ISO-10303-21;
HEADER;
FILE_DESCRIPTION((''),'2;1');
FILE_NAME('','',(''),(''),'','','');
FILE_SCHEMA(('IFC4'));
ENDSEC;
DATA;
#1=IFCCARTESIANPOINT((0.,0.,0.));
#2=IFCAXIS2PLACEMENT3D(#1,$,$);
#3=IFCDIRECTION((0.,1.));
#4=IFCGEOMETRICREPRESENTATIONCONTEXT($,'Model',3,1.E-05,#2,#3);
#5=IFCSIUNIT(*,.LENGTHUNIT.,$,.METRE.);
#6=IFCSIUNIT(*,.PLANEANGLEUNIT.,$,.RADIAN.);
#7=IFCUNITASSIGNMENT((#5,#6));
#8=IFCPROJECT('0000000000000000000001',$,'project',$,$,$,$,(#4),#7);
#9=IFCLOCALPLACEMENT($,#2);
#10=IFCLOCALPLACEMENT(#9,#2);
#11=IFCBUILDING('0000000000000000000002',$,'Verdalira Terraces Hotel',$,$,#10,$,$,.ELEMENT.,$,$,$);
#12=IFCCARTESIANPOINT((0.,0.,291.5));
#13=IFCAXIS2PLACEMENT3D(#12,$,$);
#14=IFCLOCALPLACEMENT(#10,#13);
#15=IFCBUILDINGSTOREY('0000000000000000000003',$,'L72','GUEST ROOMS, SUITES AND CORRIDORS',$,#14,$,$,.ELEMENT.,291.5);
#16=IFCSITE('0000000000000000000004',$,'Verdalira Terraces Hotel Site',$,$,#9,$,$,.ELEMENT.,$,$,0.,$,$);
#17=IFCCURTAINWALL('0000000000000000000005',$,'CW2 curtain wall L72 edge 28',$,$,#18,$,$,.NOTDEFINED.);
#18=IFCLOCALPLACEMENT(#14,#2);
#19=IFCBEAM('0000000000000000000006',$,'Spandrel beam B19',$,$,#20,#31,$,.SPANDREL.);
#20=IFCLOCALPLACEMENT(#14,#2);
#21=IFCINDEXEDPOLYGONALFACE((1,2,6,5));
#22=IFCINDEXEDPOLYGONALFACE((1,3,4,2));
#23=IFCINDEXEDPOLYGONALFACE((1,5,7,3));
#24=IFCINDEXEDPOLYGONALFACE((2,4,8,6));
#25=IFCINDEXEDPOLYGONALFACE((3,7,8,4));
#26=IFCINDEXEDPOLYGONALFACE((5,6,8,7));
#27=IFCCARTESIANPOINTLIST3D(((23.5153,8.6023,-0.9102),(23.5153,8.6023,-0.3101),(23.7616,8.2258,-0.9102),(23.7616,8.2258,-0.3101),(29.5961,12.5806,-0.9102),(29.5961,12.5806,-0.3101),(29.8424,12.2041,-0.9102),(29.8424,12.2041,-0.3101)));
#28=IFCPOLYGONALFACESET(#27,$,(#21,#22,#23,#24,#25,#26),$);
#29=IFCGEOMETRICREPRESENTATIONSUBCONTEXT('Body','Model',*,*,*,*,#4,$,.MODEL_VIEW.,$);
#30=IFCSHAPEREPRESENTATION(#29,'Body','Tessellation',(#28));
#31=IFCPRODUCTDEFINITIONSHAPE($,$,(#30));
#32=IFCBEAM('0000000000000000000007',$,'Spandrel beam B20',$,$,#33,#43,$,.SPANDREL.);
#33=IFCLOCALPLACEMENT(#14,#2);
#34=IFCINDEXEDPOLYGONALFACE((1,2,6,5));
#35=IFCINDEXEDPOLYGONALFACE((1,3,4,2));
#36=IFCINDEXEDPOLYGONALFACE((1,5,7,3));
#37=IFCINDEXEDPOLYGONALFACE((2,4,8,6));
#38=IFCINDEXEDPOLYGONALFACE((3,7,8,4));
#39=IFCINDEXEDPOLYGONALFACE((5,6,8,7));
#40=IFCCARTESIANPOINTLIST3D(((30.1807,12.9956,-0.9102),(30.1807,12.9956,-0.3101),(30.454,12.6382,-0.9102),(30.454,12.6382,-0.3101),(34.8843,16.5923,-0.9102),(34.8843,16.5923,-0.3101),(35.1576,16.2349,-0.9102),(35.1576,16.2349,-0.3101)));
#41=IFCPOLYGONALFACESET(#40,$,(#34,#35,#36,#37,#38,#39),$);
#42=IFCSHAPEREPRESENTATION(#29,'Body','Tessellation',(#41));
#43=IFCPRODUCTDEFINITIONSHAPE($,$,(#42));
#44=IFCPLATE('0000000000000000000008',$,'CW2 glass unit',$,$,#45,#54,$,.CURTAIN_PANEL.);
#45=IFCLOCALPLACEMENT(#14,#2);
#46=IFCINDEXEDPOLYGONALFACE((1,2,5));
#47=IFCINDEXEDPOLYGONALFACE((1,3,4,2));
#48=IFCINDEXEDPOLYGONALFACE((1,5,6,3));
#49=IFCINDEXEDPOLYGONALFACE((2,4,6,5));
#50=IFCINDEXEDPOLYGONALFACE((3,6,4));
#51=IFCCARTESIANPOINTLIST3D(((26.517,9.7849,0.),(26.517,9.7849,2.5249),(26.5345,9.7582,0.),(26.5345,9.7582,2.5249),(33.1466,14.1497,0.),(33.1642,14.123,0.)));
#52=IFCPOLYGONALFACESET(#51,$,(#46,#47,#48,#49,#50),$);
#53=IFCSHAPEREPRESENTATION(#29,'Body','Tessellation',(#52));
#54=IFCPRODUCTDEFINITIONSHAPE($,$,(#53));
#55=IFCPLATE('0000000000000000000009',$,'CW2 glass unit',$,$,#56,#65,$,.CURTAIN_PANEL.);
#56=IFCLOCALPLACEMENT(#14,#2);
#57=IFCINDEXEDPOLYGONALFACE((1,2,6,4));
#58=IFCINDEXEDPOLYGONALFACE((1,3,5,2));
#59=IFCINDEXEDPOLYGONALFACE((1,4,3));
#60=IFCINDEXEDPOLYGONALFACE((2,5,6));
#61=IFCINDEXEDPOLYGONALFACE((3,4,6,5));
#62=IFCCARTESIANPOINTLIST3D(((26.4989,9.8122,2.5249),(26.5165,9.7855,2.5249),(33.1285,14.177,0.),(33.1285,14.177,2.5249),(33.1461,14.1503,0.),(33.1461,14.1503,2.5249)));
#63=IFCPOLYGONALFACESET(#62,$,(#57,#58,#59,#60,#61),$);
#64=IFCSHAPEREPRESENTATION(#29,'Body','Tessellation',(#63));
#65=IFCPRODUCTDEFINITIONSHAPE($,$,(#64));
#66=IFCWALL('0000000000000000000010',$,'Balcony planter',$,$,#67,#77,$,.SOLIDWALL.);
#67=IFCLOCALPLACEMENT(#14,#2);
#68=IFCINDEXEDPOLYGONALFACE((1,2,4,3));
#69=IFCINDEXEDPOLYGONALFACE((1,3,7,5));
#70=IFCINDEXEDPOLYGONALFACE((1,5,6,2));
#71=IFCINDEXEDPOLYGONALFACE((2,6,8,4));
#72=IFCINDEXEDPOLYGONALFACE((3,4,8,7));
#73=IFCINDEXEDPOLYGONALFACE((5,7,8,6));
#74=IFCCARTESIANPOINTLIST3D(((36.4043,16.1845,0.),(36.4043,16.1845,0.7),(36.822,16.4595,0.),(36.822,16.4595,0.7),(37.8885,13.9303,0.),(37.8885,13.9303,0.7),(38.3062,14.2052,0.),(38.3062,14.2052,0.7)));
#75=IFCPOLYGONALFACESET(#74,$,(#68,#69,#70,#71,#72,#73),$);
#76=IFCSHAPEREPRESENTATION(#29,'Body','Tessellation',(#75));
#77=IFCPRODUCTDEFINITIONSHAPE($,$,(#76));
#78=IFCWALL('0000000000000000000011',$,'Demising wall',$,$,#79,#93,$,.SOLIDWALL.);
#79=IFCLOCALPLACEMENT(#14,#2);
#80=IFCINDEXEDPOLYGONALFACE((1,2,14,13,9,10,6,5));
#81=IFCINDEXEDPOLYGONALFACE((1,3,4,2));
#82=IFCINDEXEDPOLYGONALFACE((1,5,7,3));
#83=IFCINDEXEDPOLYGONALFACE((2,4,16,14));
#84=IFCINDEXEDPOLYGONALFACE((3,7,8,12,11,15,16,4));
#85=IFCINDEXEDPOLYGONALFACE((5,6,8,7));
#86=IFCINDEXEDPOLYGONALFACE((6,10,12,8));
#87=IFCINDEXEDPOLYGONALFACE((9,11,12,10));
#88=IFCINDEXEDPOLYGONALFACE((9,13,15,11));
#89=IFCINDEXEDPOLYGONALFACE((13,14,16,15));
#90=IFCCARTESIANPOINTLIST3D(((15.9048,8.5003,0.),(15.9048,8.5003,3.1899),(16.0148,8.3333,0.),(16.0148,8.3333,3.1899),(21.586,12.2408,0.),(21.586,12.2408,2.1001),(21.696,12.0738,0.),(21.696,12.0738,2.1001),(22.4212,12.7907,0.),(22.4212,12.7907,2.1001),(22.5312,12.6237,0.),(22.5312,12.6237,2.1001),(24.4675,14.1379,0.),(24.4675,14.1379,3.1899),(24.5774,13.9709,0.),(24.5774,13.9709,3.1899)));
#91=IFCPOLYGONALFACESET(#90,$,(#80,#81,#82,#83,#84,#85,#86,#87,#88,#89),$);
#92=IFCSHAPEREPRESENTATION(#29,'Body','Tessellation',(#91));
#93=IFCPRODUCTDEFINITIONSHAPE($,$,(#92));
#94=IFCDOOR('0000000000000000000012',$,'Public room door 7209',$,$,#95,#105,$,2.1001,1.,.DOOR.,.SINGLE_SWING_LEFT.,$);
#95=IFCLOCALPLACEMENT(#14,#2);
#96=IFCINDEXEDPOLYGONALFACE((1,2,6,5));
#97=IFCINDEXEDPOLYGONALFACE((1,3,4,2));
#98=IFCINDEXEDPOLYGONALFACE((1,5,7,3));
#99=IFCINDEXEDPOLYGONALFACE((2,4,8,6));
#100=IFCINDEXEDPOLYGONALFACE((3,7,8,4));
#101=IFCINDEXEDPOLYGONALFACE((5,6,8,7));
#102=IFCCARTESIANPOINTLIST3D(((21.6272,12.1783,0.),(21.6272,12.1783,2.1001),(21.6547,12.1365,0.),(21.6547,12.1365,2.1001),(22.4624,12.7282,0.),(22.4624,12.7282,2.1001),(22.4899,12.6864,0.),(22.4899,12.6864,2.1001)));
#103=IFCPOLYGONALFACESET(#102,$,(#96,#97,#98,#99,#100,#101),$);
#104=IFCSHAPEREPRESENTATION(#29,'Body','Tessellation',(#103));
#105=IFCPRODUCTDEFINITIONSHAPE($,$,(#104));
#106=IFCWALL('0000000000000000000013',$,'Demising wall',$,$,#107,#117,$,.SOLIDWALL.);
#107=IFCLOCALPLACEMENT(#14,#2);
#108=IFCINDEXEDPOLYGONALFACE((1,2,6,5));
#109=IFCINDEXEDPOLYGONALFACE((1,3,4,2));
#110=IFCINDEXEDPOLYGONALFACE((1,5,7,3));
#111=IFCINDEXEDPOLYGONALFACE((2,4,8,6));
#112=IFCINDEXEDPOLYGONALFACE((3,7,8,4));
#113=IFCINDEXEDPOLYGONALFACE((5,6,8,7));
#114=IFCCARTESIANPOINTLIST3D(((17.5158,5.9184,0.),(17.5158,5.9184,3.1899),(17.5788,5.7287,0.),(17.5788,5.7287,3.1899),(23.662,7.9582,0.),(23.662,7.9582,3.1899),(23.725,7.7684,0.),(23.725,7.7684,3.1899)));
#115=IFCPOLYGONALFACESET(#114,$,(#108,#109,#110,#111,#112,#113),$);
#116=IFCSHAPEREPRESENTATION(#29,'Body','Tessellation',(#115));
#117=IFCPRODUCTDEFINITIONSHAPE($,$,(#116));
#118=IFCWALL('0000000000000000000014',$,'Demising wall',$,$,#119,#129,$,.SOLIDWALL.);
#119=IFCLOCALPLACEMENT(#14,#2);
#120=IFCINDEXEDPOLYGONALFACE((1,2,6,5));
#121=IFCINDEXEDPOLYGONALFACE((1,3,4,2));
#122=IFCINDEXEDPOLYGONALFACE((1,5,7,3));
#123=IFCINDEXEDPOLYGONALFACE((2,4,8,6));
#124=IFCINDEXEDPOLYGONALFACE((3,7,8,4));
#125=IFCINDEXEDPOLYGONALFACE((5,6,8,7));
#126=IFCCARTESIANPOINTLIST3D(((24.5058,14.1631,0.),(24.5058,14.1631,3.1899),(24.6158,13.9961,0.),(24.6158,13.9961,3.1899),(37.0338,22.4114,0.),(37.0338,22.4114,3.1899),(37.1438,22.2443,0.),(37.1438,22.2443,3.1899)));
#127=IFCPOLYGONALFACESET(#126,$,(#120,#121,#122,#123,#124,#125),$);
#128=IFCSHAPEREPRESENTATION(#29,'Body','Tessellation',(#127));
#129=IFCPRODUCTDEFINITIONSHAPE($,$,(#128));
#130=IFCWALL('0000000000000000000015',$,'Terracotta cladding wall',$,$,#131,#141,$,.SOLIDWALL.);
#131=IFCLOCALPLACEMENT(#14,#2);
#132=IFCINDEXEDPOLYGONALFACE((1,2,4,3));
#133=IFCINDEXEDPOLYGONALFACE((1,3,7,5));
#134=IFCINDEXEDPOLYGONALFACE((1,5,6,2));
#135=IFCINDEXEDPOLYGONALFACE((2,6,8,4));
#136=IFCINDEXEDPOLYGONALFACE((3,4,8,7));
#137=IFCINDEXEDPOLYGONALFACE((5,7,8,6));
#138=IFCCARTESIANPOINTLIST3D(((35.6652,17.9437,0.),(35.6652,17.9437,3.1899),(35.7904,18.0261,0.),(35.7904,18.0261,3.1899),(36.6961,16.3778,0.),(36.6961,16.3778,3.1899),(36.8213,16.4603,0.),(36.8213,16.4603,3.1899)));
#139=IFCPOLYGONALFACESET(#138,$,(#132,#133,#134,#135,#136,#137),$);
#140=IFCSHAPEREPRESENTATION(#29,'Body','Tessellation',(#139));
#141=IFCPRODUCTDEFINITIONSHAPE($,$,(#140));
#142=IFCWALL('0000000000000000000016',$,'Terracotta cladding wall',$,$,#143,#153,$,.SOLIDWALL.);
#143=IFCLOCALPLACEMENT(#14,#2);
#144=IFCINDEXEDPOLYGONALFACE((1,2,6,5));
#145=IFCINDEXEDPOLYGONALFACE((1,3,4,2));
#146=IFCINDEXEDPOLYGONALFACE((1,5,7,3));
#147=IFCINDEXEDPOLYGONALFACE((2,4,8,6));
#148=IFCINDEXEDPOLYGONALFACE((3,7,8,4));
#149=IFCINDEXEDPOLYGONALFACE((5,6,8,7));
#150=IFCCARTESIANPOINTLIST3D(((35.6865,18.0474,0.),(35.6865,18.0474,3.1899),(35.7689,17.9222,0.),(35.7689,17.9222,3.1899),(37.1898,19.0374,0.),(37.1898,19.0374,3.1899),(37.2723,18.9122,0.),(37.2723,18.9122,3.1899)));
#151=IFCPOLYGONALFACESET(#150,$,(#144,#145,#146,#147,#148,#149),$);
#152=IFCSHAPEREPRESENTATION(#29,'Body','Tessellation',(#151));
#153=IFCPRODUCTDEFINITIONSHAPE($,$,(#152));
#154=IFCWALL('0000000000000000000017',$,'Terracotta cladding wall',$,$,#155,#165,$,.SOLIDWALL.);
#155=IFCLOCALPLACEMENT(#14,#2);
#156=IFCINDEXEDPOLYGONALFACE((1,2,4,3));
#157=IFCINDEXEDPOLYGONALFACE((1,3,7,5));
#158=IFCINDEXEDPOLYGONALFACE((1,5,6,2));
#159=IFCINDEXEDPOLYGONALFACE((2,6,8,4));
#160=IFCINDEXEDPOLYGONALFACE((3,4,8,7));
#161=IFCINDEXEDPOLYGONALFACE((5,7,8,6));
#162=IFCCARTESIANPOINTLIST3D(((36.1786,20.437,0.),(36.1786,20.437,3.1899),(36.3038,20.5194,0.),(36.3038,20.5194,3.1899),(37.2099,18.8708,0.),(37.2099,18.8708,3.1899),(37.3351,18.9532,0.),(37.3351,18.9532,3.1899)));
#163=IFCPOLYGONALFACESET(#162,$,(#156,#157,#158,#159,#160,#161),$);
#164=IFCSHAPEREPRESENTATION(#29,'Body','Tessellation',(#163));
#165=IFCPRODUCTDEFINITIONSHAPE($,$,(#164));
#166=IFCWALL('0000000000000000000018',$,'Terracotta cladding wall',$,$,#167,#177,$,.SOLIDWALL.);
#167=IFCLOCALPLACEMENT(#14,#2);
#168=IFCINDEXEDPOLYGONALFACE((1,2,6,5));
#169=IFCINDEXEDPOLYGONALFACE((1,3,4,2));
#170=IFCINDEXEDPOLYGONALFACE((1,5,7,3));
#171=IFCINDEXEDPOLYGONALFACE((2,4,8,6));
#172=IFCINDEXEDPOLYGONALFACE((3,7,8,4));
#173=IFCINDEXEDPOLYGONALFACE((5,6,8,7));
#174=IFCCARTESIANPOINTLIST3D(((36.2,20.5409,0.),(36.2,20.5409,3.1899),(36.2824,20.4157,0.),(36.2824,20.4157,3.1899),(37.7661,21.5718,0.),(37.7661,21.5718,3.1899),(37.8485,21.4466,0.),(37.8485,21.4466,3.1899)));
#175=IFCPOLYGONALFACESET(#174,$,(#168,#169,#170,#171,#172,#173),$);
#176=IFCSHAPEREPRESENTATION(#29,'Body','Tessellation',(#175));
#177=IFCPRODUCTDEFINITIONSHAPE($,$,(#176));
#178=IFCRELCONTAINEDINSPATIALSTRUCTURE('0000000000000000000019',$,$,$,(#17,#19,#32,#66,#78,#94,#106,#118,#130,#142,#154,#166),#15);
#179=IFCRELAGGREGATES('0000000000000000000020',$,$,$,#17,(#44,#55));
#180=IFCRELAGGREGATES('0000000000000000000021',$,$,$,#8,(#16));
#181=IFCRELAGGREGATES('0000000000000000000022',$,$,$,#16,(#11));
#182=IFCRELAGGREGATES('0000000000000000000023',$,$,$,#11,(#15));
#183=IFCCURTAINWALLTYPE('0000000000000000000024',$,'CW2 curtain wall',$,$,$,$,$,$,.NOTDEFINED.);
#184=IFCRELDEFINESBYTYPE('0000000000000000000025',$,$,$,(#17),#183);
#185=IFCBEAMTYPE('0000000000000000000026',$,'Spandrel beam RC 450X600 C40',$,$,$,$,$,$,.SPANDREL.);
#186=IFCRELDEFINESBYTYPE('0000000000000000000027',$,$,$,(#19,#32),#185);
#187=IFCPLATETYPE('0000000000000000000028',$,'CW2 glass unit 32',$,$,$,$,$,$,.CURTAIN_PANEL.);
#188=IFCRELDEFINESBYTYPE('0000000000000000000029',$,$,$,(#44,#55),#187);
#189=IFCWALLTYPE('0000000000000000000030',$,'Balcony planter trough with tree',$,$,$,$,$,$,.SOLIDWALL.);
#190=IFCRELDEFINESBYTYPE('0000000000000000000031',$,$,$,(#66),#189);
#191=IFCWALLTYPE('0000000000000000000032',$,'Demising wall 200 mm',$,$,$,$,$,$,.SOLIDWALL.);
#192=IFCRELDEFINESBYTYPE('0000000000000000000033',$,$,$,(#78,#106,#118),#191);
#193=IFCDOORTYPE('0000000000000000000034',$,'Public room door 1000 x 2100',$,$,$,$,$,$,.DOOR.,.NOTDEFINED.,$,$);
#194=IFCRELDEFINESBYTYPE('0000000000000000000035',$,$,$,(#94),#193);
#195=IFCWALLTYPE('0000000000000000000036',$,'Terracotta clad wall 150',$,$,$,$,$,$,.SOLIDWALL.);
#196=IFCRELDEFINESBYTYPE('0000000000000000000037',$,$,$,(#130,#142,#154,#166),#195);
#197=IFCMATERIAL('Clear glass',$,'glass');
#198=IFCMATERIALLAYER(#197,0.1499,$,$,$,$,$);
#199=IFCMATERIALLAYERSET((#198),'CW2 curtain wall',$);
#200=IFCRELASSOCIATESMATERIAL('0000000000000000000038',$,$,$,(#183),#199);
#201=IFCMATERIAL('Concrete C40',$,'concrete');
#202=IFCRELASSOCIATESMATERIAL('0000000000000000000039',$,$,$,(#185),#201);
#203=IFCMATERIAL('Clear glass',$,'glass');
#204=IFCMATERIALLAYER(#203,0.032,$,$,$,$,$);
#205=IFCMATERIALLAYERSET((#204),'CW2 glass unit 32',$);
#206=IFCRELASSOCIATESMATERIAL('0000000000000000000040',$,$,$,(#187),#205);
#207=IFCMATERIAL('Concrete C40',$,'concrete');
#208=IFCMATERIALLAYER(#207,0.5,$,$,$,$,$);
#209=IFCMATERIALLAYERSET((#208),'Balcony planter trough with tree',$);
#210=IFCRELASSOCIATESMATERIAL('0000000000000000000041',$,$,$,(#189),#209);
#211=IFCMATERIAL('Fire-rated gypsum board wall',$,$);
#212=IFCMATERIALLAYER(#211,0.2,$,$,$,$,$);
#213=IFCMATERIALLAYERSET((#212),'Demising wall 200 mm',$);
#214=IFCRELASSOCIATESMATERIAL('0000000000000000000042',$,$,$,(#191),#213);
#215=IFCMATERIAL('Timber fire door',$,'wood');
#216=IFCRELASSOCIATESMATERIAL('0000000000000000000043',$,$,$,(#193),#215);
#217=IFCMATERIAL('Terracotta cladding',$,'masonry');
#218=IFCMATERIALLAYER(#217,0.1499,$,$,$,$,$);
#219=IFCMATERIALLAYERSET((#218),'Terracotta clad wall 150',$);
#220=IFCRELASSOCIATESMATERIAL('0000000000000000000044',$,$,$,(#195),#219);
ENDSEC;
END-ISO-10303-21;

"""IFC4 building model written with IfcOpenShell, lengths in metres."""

from ifc_helpers import new_model, si_unit, direction, frame, frame_2d, origin, origin_2d, place, context, subcontext, project, spatial, polyline, rectangle, outline, extrude, material, layer, layer_set, material_profile, profile_set, type_object, element, fill, aggregate, save


model = new_model("IFC4")

# Units and contexts
model_context = context("Model", 3, precision=1e-05, world=origin(), true_north=direction((0.0, 1.0)))
body_context = subcontext(model_context, "Body", "Model", "MODEL_VIEW")
ifc_project = project(units=[si_unit("LENGTHUNIT", "METRE"), si_unit("PLANEANGLEUNIT", "RADIAN")], contexts=[model_context])

# Site, building, storey
site_placement = place(None, origin())
site = spatial("IfcSite", under=ifc_project, at=site_placement, Name="Verdalira Terraces Hotel Site", CompositionType="ELEMENT", RefElevation=0.0)
building_placement = place(site_placement, origin())
building = spatial("IfcBuilding", under=site, at=building_placement, Name="Verdalira Terraces Hotel", CompositionType="ELEMENT")
storey_placement = place(building_placement, frame((0.0, 0.0, 291.5)))
storey = spatial("IfcBuildingStorey", under=building, at=storey_placement, Name="L72", Description="GUEST ROOMS, SUITES AND CORRIDORS", CompositionType="ELEMENT", Elevation=291.5)

# Curtain wall
ifc_material_1 = material(Name="Clear glass", Category="glass")
ifc_layer_1 = layer(ifc_material_1, 0.1499)
ifc_layer_set_1 = layer_set([ifc_layer_1], Name="CW2 curtain wall")
curtain_wall_type_1 = type_object("IfcCurtainWallType", Name="CW2 curtain wall", PredefinedType="NOTDEFINED", material=ifc_layer_set_1)
curtain_wall_1_placement = place(storey_placement, origin())
curtain_wall_1 = element("IfcCurtainWall", 1, at=curtain_wall_1_placement, inside=storey, type_object=curtain_wall_type_1, Name="CW2 curtain wall L72 edge 28", PredefinedType="NOTDEFINED")

# Beams
ifc_material_2 = material(Name="Concrete C40", Category="concrete")
ifc_material_profile_1 = material_profile(ifc_material_2, rectangle(XDim=0.45, YDim=0.6001, at=origin_2d()), Name="RC 450X600")
ifc_profile_set_1 = profile_set([ifc_material_profile_1], Name="Concrete C40")
beam_type_1 = type_object("IfcBeamType", Name="Spandrel beam RC 450X600 C40", PredefinedType="SPANDREL", material=ifc_profile_set_1)
beam_1_placement = place(storey_placement, frame((23.6384, 8.4141, -0.6101), z_axis=(0.836821, 0.547477, 0.0), x_axis=(-0.547477, 0.836821, 0.0)))
element("IfcBeam", 2, at=beam_1_placement, inside=storey, type_object=beam_type_1, Name="Spandrel beam B19", PredefinedType="SPANDREL", context=body_context, shape_type="SweptSolid", body=[
    extrude(rectangle(XDim=0.45, YDim=0.6001, at=origin_2d()), origin(), (0.0, 0.0, 1.0), 7.2666),
])
beam_2_placement = place(storey_placement, frame((30.3174, 12.8169, -0.6101), z_axis=(0.794374, 0.607429, 0.0), x_axis=(-0.607429, 0.794374, 0.0)))
element("IfcBeam", 3, at=beam_2_placement, inside=storey, type_object=beam_type_1, Name="Spandrel beam B20", PredefinedType="SPANDREL", context=body_context, shape_type="SweptSolid", body=[
    extrude(rectangle(XDim=0.45, YDim=0.6001, at=origin_2d()), origin(), (0.0, 0.0, 1.0), 5.9211),
])

# Plates
ifc_material_3 = material(Name="Clear glass", Category="glass")
ifc_layer_2 = layer(ifc_material_3, 0.032)
ifc_layer_set_2 = layer_set([ifc_layer_2], Name="CW2 glass unit 32")
plate_type = type_object("IfcPlateType", Name="CW2 glass unit 32", PredefinedType="CURTAIN_PANEL", material=ifc_layer_set_2)
plate_1_placement = place(storey_placement, frame((29.8318, 11.9673, 1.2625), z_axis=(0.549898, -0.835232, 0.0), x_axis=(0.835232, 0.549898, 0.0)))
plate_1 = element("IfcPlate", 4, at=plate_1_placement, type_object=plate_type, Name="CW2 glass unit", PredefinedType="CURTAIN_PANEL", context=body_context, shape_type="SweptSolid", body=[
    extrude(outline(polyline([(-3.9688, -1.2625), (3.9688, -1.2625), (-3.9688, 1.2625), (-3.9688, -1.2625)])), origin(), (0.0, 0.0, 1.0), 0.032),
])
plate_2_placement = place(storey_placement, frame((29.8137, 11.9946, 1.2625), z_axis=(0.549898, -0.835232, 0.0), x_axis=(0.835232, 0.549898, 0.0)))
plate_2 = element("IfcPlate", 5, at=plate_2_placement, type_object=plate_type, Name="CW2 glass unit", PredefinedType="CURTAIN_PANEL", context=body_context, shape_type="SweptSolid", body=[
    extrude(outline(polyline([(3.9688, -1.2625), (3.9688, 1.2625), (-3.9688, 1.2625), (3.9688, -1.2625)])), origin(), (0.0, 0.0, 1.0), 0.032),
])
aggregate(curtain_wall_1, [plate_1, plate_2])

# Wall
ifc_material_4 = material(Name="Concrete C40", Category="concrete")
ifc_layer_3 = layer(ifc_material_4, 0.5)
ifc_layer_set_3 = layer_set([ifc_layer_3], Name="Balcony planter trough with tree")
wall_type_1 = type_object("IfcWallType", Name="Balcony planter trough with tree", PredefinedType="SOLIDWALL", material=ifc_layer_set_3)
wall_1_placement = place(storey_placement, frame((38.0974, 14.0676, 0.0), z_axis=(0.0, 0.0, 1.0), x_axis=(-0.549911, 0.835224, 0.0)))
element("IfcWall", 6, at=wall_1_placement, inside=storey, type_object=wall_type_1, Name="Balcony planter", PredefinedType="SOLIDWALL", context=body_context, shape_type="SweptSolid", body=[
    extrude(rectangle(XDim=2.699, YDim=0.5, at=frame_2d((1.3496, 0.0))), origin(), (0.0, 0.0, 1.0), 0.7),
])

# Wall, opening, door
ifc_material_5 = material(Name="Fire-rated gypsum board wall")
ifc_layer_4 = layer(ifc_material_5, 0.2)
ifc_layer_set_4 = layer_set([ifc_layer_4], Name="Demising wall 200 mm")
wall_type_2 = type_object("IfcWallType", Name="Demising wall 200 mm", PredefinedType="SOLIDWALL", material=ifc_layer_set_4)
wall_2_placement = place(storey_placement, frame((24.5225, 14.0544, 0.0), z_axis=(0.0, 0.0, 1.0), x_axis=(-0.835224, -0.54991, 0.0)))
wall_2 = element("IfcWall", 7, at=wall_2_placement, inside=storey, type_object=wall_type_2, Name="Demising wall", PredefinedType="SOLIDWALL", context=body_context, shape_type="SweptSolid", body=[
    extrude(rectangle(XDim=10.252, YDim=0.2, at=frame_2d((5.126, 0.0))), origin(), (0.0, 0.0, 1.0), 3.1899),
])
opening_1_placement = place(wall_2_placement, frame((2.45, 0.0, 0.0)))
opening_1 = element("IfcOpeningElement", 8, at=opening_1_placement, cuts=wall_2, PredefinedType="OPENING", context=body_context, shape_type="SweptSolid", body=[
    extrude(rectangle(XDim=1.0, YDim=2.1001, at=frame_2d((0.5, 1.05))), frame((0.0, 0.1099, 0.0), z_axis=(0.0, -1.0, 0.0), x_axis=(1.0, 0.0, 0.0)), (0.0, 0.0, 1.0), 0.22),
])
ifc_material_6 = material(Name="Timber fire door", Category="wood")
door_type_1 = type_object("IfcDoorType", Name="Public room door 1000 x 2100", OperationType="NOTDEFINED", PredefinedType="DOOR", material=ifc_material_6)
door_1_placement = place(opening_1_placement, origin())
door_1 = element("IfcDoor", 9, at=door_1_placement, inside=storey, type_object=door_type_1, Name="Public room door 7209", OperationType="SINGLE_SWING_LEFT", OverallHeight=2.1001, OverallWidth=1.0, PredefinedType="DOOR", context=body_context, shape_type="SweptSolid", body=[
    extrude(rectangle(XDim=1.0, YDim=2.1001, at=frame_2d((0.5, 1.05))), frame((0.0, 0.0249, 0.0), z_axis=(0.0, -1.0, 0.0), x_axis=(1.0, 0.0, 0.0)), (0.0, 0.0, 1.0), 0.05),
])
fill(opening_1, door_1)

# Walls
wall_3_placement = place(storey_placement, frame((23.6934, 7.8633, 0.0), z_axis=(0.0, 0.0, 1.0), x_axis=(-0.949097, -0.314983, 0.0)))
element("IfcWall", 10, at=wall_3_placement, inside=storey, type_object=wall_type_2, Name="Demising wall", PredefinedType="SOLIDWALL", context=body_context, shape_type="SweptSolid", body=[
    extrude(rectangle(XDim=6.4758, YDim=0.2, at=frame_2d((3.2378, 0.0))), origin(), (0.0, 0.0, 1.0), 3.1899),
])
wall_4_placement = place(storey_placement, frame((24.5608, 14.0796, 0.0), z_axis=(0.0, 0.0, 1.0), x_axis=(0.835229, 0.549902, 0.0)))
element("IfcWall", 11, at=wall_4_placement, inside=storey, type_object=wall_type_2, Name="Demising wall", PredefinedType="SOLIDWALL", context=body_context, shape_type="SweptSolid", body=[
    extrude(rectangle(XDim=14.9995, YDim=0.2, at=frame_2d((7.4998, 0.0))), origin(), (0.0, 0.0, 1.0), 3.1899),
])
ifc_material_7 = material(Name="Terracotta cladding", Category="masonry")
ifc_layer_5 = layer(ifc_material_7, 0.1499)
ifc_layer_set_5 = layer_set([ifc_layer_5], Name="Terracotta clad wall 150")
wall_type_3 = type_object("IfcWallType", Name="Terracotta clad wall 150", PredefinedType="SOLIDWALL", material=ifc_layer_set_5)
wall_5_placement = place(storey_placement, frame((36.7588, 16.4189, 0.0), z_axis=(0.0, 0.0, 1.0), x_axis=(-0.549913, 0.835222, 0.0)))
element("IfcWall", 12, at=wall_5_placement, inside=storey, type_object=wall_type_3, Name="Terracotta cladding wall", PredefinedType="SOLIDWALL", context=body_context, shape_type="SweptSolid", body=[
    extrude(rectangle(XDim=1.8748, YDim=0.1499, at=frame_2d((0.9375, 0.0))), origin(), (0.0, 0.0, 1.0), 3.1899),
])
wall_6_placement = place(storey_placement, frame((35.7278, 17.9849, 0.0), z_axis=(0.0, 0.0, 1.0), x_axis=(0.835188, 0.549965, 0.0)))
element("IfcWall", 13, at=wall_6_placement, inside=storey, type_object=wall_type_3, Name="Terracotta cladding wall", PredefinedType="SOLIDWALL", context=body_context, shape_type="SweptSolid", body=[
    extrude(rectangle(XDim=1.8, YDim=0.1499, at=frame_2d((0.8999, 0.0))), origin(), (0.0, 0.0, 1.0), 3.1899),
])
wall_7_placement = place(storey_placement, frame((37.2725, 18.9121, 0.0), z_axis=(0.0, 0.0, 1.0), x_axis=(-0.549944, 0.835201, 0.0)))
element("IfcWall", 14, at=wall_7_placement, inside=storey, type_object=wall_type_3, Name="Terracotta cladding wall", PredefinedType="SOLIDWALL", context=body_context, shape_type="SweptSolid", body=[
    extrude(rectangle(XDim=1.8752, YDim=0.1499, at=frame_2d((0.9375, 0.0))), origin(), (0.0, 0.0, 1.0), 3.1899),
])
wall_8_placement = place(storey_placement, frame((36.2412, 20.4783, 0.0), z_axis=(0.0, 0.0, 1.0), x_axis=(0.835261, 0.549853, 0.0)))
element("IfcWall", 15, at=wall_8_placement, inside=storey, type_object=wall_type_3, Name="Terracotta cladding wall", PredefinedType="SOLIDWALL", context=body_context, shape_type="SweptSolid", body=[
    extrude(rectangle(XDim=1.875, YDim=0.1499, at=frame_2d((0.9375, 0.0))), origin(), (0.0, 0.0, 1.0), 3.1899),
])

save(model, "model.ifc")
